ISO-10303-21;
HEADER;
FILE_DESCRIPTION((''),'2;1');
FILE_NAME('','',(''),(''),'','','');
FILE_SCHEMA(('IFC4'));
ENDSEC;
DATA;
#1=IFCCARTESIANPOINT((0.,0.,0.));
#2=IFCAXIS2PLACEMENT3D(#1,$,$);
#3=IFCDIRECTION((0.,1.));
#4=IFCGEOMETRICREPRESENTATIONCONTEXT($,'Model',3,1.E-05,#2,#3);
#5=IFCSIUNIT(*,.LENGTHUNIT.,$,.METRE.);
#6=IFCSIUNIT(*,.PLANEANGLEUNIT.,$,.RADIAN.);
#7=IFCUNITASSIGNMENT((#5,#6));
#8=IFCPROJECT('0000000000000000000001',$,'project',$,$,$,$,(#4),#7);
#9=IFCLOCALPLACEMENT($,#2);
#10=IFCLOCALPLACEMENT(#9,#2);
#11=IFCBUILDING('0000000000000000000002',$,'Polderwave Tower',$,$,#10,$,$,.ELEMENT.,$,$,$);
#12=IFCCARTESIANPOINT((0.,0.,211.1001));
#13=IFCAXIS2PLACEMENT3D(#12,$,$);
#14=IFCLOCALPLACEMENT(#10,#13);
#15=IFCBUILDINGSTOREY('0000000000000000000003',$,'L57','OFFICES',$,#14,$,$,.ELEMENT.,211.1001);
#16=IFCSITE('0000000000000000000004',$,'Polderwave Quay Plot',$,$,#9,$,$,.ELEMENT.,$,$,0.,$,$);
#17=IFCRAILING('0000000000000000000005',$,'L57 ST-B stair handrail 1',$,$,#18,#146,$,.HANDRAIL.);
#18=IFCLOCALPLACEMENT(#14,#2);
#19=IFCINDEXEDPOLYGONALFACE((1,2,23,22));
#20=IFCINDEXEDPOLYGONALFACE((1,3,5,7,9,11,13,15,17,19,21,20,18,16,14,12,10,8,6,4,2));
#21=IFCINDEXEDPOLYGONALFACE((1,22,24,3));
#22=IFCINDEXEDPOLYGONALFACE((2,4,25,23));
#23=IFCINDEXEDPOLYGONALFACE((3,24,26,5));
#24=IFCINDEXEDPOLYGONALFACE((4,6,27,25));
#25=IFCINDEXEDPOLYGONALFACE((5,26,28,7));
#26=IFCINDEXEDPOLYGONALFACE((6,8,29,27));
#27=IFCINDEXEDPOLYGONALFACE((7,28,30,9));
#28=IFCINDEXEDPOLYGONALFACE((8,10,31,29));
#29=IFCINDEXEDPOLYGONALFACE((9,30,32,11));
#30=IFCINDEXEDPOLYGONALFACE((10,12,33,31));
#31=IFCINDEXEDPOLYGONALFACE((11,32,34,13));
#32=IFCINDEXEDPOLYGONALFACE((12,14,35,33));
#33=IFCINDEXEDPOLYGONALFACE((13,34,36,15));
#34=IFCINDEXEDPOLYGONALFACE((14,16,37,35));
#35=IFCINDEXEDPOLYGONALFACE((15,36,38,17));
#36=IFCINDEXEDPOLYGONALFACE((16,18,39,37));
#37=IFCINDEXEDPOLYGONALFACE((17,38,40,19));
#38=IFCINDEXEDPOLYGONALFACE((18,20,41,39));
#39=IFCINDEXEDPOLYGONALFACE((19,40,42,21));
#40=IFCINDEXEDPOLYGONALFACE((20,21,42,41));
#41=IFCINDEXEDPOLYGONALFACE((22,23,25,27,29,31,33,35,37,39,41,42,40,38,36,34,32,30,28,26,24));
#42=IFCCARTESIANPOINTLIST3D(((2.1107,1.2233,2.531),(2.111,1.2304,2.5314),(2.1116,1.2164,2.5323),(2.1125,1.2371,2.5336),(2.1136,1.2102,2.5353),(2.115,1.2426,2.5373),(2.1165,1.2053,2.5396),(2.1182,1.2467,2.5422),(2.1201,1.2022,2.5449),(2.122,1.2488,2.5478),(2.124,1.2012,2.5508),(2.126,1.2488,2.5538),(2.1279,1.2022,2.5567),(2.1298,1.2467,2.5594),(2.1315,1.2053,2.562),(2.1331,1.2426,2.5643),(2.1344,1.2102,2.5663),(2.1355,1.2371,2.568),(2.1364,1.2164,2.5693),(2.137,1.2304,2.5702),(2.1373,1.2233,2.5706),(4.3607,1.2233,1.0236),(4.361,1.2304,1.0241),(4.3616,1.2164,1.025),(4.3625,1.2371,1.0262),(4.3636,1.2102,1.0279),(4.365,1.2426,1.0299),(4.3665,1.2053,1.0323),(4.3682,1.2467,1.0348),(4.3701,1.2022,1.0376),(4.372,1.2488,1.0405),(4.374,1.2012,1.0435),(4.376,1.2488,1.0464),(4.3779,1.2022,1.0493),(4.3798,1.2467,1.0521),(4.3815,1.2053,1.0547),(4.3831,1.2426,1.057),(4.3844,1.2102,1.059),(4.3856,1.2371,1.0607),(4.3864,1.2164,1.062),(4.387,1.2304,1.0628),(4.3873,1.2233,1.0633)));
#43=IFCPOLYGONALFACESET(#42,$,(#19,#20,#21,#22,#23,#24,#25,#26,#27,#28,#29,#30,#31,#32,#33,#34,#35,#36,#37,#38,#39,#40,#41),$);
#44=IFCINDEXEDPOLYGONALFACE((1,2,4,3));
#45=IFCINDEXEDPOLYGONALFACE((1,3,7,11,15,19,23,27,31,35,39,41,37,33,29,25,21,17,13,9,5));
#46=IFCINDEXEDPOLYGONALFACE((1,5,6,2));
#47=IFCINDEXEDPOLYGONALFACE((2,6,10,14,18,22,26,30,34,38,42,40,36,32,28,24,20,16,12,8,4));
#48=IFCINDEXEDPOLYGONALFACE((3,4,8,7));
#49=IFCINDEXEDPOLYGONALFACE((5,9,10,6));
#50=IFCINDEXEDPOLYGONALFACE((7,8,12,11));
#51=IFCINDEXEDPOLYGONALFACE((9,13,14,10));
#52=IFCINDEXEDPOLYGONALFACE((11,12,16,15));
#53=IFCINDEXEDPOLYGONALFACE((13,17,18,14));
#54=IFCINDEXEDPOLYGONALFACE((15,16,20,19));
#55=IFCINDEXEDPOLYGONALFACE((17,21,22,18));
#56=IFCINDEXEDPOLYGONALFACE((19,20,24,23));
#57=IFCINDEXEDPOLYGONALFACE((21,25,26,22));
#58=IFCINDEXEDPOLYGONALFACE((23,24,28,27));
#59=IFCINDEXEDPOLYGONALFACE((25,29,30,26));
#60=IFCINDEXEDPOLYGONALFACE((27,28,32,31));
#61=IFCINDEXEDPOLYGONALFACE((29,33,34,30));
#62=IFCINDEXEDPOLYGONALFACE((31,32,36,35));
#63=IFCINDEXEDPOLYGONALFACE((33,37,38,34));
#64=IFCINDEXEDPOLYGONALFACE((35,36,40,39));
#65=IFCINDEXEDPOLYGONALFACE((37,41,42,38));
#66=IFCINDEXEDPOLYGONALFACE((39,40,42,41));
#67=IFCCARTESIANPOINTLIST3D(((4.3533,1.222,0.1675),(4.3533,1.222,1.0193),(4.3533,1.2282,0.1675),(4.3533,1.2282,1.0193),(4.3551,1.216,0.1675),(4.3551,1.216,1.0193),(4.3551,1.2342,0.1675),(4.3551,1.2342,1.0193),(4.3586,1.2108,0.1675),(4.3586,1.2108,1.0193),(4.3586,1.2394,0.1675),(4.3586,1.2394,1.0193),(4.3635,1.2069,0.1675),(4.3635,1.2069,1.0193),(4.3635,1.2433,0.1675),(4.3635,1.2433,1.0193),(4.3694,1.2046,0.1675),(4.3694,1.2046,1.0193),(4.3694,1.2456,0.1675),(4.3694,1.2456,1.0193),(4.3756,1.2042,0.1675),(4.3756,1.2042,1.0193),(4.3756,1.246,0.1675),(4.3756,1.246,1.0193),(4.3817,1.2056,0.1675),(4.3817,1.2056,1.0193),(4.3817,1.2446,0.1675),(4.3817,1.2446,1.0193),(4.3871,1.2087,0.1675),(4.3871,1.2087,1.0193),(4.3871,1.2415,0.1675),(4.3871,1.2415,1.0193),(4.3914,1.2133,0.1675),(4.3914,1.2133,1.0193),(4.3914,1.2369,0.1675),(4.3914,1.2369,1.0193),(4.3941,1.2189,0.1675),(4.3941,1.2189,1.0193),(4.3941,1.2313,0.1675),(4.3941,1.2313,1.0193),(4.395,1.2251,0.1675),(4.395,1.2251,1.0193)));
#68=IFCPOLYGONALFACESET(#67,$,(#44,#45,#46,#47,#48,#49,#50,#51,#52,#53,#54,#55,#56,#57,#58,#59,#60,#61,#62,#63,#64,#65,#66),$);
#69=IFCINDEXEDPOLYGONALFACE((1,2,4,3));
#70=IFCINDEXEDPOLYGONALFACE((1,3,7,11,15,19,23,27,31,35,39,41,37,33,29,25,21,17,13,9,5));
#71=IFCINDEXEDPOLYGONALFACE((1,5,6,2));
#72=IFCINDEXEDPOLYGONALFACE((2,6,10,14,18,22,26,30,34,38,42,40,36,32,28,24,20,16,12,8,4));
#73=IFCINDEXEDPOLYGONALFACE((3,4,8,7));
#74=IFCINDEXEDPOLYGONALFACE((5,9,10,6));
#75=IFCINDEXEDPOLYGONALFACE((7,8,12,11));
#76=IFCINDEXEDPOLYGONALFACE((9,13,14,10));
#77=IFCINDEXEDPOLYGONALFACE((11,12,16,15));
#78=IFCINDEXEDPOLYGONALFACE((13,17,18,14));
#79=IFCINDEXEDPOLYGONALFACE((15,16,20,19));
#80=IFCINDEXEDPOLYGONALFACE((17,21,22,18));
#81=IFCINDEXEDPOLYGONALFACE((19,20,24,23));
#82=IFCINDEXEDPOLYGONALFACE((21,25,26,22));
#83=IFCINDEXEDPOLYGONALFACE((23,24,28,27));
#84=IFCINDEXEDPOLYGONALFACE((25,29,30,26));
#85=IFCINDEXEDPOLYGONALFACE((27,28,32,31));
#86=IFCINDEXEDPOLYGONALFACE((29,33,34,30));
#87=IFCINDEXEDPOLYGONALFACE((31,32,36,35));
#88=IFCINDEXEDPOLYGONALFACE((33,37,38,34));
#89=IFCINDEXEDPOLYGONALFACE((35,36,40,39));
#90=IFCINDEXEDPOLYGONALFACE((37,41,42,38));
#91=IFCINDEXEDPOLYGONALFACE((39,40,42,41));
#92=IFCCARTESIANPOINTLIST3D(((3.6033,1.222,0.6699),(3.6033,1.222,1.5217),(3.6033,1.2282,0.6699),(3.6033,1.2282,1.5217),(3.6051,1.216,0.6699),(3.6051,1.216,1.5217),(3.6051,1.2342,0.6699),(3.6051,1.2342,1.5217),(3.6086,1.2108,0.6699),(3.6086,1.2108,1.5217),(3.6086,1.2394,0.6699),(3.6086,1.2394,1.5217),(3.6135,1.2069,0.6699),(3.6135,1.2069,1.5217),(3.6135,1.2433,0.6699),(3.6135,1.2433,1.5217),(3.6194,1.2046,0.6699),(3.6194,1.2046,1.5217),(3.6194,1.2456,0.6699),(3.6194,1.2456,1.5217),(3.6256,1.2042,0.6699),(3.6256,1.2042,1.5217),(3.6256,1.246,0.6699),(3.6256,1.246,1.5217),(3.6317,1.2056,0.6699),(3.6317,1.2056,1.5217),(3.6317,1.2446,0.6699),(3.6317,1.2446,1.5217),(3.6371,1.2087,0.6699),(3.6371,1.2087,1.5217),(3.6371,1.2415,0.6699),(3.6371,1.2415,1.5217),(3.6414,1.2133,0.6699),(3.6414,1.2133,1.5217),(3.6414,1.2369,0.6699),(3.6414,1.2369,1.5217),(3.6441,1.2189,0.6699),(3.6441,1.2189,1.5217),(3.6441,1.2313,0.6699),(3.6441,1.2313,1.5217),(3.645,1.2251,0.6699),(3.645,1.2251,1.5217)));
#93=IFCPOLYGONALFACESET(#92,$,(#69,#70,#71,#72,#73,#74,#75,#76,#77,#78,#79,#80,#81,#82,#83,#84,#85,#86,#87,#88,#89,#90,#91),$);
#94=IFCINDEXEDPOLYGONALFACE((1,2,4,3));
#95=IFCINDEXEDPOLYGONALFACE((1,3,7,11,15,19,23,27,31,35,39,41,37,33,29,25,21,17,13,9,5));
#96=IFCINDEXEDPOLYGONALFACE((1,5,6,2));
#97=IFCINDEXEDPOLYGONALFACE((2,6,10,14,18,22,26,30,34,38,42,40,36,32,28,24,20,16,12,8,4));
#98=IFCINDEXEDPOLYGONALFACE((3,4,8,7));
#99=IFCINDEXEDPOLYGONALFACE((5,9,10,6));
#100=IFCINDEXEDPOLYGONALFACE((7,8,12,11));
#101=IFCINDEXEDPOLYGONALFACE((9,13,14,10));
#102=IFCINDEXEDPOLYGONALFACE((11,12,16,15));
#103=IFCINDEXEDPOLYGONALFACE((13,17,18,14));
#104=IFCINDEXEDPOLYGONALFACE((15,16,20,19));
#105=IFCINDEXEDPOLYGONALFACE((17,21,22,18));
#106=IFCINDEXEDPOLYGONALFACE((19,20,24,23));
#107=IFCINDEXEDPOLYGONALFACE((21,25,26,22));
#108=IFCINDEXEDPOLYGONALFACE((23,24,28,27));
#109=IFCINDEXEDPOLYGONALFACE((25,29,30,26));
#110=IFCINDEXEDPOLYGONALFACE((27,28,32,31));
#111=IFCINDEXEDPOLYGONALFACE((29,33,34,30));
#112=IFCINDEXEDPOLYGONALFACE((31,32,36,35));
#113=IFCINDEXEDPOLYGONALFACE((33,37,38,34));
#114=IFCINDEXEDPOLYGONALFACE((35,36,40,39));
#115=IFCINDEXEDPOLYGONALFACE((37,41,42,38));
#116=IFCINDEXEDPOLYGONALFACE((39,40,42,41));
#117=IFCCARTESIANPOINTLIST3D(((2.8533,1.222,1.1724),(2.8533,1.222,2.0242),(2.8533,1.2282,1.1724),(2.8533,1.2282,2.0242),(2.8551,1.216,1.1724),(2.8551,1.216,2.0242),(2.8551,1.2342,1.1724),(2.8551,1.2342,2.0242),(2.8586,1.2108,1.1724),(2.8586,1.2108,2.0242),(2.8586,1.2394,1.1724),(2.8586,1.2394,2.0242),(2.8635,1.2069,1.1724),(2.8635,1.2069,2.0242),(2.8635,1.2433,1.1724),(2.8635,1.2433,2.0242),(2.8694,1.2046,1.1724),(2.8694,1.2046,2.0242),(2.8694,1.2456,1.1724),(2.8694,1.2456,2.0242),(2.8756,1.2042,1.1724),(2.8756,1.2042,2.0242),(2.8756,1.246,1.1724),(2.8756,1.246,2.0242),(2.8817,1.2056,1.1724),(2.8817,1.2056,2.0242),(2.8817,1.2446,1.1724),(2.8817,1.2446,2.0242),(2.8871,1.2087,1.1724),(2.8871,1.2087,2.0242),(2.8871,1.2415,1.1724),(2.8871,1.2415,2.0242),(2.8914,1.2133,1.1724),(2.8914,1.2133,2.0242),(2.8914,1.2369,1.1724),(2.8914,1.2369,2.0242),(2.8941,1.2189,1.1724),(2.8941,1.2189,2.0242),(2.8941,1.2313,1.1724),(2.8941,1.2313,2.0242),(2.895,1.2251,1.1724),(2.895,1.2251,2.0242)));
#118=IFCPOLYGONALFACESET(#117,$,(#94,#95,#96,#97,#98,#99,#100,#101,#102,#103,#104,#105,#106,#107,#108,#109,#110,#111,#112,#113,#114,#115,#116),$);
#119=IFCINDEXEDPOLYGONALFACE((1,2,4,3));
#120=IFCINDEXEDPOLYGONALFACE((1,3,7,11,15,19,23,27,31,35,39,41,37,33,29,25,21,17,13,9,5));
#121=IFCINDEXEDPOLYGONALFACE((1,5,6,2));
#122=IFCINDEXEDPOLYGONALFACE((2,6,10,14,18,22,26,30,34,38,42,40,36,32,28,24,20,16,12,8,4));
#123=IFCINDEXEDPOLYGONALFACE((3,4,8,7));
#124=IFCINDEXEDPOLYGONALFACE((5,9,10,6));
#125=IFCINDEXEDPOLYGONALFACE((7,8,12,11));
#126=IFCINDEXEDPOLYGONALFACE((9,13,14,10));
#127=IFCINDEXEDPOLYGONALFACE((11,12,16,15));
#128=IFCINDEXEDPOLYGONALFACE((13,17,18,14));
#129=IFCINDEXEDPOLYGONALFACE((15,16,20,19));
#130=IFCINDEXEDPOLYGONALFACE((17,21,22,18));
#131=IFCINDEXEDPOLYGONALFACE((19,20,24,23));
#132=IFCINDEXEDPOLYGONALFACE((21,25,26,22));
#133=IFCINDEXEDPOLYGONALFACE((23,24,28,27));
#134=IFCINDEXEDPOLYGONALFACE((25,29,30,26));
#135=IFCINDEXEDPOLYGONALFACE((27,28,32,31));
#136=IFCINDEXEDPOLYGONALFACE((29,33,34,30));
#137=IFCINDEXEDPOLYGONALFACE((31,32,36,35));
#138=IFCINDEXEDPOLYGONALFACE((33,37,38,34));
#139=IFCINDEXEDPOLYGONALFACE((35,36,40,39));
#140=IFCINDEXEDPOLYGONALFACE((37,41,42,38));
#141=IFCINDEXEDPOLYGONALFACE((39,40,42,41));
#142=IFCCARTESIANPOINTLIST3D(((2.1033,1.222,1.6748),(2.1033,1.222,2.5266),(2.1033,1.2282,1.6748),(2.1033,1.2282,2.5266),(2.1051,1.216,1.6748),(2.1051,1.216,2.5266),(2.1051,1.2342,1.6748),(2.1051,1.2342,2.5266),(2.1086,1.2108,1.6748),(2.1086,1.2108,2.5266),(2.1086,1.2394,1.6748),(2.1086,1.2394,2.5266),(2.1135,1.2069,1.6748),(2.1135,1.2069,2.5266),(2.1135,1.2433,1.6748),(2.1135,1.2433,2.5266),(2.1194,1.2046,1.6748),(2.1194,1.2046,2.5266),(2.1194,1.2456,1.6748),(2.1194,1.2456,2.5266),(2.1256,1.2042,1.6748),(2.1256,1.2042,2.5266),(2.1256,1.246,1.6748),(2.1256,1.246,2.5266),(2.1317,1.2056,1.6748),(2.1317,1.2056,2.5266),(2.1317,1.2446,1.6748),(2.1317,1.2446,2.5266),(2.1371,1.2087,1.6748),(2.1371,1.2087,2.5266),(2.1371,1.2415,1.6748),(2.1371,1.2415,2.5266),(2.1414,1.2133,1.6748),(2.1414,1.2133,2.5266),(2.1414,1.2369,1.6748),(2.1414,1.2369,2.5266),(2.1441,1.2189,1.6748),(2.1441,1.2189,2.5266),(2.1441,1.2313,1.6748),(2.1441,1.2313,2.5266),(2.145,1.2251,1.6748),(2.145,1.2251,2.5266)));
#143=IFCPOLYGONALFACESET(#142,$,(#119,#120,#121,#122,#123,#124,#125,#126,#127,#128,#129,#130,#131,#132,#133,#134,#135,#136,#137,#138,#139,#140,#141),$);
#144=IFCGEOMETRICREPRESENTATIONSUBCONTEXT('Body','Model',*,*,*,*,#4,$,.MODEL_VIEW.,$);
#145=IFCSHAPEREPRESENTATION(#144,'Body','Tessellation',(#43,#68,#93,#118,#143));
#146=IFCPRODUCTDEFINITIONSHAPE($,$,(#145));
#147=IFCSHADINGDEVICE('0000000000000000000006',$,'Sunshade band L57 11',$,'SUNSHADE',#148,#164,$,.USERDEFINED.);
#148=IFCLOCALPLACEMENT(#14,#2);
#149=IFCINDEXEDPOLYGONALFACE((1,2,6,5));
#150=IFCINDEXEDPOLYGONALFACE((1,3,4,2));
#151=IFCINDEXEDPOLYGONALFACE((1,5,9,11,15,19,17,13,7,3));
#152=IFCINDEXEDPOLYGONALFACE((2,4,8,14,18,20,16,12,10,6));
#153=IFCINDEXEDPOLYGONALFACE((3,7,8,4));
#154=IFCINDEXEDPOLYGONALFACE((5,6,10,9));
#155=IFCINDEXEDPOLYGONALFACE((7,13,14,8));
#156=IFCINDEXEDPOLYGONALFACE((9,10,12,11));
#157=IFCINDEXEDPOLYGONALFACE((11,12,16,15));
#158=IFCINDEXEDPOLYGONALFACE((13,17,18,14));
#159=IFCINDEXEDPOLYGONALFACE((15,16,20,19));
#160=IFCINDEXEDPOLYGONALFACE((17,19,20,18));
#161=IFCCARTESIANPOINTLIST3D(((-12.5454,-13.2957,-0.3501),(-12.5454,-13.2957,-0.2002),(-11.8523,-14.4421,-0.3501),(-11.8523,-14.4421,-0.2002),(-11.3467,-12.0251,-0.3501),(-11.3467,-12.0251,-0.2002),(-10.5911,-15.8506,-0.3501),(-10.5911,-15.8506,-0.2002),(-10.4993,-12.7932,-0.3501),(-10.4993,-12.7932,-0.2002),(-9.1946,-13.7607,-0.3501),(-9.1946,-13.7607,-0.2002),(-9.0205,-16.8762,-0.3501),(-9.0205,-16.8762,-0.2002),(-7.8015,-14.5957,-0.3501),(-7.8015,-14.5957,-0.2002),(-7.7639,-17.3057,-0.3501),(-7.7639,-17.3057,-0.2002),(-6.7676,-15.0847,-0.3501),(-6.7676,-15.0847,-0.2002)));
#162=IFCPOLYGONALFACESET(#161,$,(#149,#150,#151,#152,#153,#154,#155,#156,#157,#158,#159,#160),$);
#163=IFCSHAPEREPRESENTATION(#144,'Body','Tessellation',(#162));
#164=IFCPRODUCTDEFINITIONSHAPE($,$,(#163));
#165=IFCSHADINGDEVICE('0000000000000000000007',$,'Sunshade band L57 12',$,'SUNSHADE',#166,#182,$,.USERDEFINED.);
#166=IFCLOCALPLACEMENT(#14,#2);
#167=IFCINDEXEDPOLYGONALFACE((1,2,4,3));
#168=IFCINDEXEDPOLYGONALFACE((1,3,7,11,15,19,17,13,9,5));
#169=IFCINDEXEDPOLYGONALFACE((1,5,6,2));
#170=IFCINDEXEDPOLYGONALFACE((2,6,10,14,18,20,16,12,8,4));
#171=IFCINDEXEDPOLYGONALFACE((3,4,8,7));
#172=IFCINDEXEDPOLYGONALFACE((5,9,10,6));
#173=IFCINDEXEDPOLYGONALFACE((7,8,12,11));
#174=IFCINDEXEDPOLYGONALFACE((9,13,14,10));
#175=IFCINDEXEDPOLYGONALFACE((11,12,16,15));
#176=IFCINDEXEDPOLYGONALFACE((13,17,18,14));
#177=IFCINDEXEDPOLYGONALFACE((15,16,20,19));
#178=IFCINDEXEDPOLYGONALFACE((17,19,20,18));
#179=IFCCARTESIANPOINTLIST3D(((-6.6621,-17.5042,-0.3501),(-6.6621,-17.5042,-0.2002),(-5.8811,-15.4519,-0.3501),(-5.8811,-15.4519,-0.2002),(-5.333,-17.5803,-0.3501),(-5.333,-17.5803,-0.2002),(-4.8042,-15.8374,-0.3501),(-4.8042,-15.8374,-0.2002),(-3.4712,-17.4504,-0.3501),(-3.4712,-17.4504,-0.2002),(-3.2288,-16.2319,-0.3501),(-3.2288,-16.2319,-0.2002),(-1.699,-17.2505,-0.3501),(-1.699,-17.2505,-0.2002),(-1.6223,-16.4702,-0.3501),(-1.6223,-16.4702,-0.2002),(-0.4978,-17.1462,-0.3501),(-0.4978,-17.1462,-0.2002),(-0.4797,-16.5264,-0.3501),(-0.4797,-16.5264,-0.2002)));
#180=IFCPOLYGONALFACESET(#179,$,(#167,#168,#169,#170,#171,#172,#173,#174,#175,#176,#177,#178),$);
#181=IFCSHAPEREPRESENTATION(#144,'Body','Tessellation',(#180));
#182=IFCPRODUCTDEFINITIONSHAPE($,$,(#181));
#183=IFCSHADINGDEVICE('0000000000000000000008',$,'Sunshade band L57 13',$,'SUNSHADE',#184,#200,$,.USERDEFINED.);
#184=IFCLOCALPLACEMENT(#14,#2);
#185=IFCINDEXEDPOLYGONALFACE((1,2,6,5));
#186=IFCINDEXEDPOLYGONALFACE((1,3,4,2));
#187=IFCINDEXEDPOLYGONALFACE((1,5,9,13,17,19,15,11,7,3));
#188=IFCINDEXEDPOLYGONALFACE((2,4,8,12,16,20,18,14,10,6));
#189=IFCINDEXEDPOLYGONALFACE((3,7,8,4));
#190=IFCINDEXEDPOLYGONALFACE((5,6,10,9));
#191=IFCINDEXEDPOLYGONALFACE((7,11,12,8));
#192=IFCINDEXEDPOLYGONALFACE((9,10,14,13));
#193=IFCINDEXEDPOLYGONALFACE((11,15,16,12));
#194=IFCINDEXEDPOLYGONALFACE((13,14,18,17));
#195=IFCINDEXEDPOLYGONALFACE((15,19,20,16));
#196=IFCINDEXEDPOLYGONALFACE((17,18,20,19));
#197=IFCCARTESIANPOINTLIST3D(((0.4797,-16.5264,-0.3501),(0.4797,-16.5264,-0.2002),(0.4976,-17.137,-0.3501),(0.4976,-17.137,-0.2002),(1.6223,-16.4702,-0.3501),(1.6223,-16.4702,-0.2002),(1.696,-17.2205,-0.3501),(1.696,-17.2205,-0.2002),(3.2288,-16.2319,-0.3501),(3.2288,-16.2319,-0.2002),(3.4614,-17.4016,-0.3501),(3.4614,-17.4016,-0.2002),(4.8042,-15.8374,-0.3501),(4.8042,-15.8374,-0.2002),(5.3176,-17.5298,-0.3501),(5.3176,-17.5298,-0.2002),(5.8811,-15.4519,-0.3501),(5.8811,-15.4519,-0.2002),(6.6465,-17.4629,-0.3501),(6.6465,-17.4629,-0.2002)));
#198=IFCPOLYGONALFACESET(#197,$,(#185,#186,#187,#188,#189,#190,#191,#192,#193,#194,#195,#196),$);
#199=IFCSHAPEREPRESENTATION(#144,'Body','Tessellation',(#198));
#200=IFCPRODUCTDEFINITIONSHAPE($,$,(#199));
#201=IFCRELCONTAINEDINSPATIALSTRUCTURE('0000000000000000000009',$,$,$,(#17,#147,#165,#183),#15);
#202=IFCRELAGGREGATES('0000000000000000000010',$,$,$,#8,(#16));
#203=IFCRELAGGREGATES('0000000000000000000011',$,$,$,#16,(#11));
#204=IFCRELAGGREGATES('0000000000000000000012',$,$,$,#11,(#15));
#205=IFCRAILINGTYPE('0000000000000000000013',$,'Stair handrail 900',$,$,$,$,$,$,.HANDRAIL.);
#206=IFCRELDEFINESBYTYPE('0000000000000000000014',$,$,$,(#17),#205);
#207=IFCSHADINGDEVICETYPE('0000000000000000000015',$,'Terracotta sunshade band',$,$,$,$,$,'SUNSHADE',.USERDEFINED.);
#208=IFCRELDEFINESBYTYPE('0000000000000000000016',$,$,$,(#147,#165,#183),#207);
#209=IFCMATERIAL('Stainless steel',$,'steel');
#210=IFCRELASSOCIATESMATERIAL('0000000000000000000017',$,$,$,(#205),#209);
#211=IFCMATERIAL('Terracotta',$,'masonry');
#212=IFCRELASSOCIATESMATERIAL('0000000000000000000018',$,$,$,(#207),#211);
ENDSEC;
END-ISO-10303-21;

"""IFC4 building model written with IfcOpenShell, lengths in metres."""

from ifc_helpers import new_model, si_unit, direction, frame, origin, origin_2d, place, context, subcontext, project, spatial, polyline, circle, outline, extrude, material, type_object, element, save


model = new_model("IFC4")

# Units and contexts
model_context = context("Model", 3, precision=1e-05, world=origin(), true_north=direction((0.0, 1.0)))
body_context = subcontext(model_context, "Body", "Model", "MODEL_VIEW")
ifc_project = project(units=[si_unit("LENGTHUNIT", "METRE"), si_unit("PLANEANGLEUNIT", "RADIAN")], contexts=[model_context])

# Site, building, storey
site_placement = place(None, origin())
site = spatial("IfcSite", under=ifc_project, at=site_placement, Name="Polderwave Quay Plot", CompositionType="ELEMENT", RefElevation=0.0)
building_placement = place(site_placement, origin())
building = spatial("IfcBuilding", under=site, at=building_placement, Name="Polderwave Tower", CompositionType="ELEMENT")
storey_placement = place(building_placement, frame((0.0, 0.0, 211.1001)))
storey = spatial("IfcBuildingStorey", under=building, at=storey_placement, Name="L57", Description="OFFICES", CompositionType="ELEMENT", Elevation=211.1001)

# Railing
ifc_material_1 = material(Name="Stainless steel", Category="steel")
railing_type_1 = type_object("IfcRailingType", Name="Stair handrail 900", PredefinedType="HANDRAIL", material=ifc_material_1)
railing_1_placement = place(storey_placement, frame((4.374, 1.2251, 0.1675)))
element("IfcRailing", 1, at=railing_1_placement, inside=storey, type_object=railing_type_1, Name="L57 ST-B stair handrail 1", PredefinedType="HANDRAIL", context=body_context, shape_type="SweptSolid", body=[
    extrude(circle(Radius=0.0239, at=origin_2d()), frame((0.0, 0.0, 0.876), z_axis=(-0.8308, 0.0, 0.556571), x_axis=(0.0, -1.0, 0.0)), (0.0, 0.0, 1.0), 2.7083),
    extrude(circle(Radius=0.021, at=origin_2d()), origin(), (0.0, 0.0, 1.0), 0.8518),
    extrude(circle(Radius=0.021, at=origin_2d()), frame((-0.75, 0.0, 0.5024)), (0.0, 0.0, 1.0), 0.8518),
    extrude(circle(Radius=0.021, at=origin_2d()), frame((-1.5, 0.0, 1.0049)), (0.0, 0.0, 1.0), 0.8518),
    extrude(circle(Radius=0.021, at=origin_2d()), frame((-2.25, 0.0, 1.5073)), (0.0, 0.0, 1.0), 0.8518),
])

# Shading devices
ifc_material_2 = material(Name="Terracotta", Category="masonry")
shading_device_type = type_object("IfcShadingDeviceType", Name="Terracotta sunshade band", ElementType="SUNSHADE", PredefinedType="USERDEFINED", material=ifc_material_2)
shading_device_1_placement = place(storey_placement, frame((0.0, 0.0, -0.3501)))
element("IfcShadingDevice", 2, at=shading_device_1_placement, inside=storey, type_object=shading_device_type, Name="Sunshade band L57 11", ObjectType="SUNSHADE", PredefinedType="USERDEFINED", context=body_context, shape_type="SweptSolid", body=[
    extrude(outline(polyline([(-11.3467, -12.0251), (-10.4993, -12.7932), (-9.1946, -13.7607), (-7.8015, -14.5957), (-6.7676, -15.0847), (-7.7639, -17.3057), (-9.0205, -16.8762), (-10.5911, -15.8506), (-11.8523, -14.4421), (-12.5454, -13.2957), (-11.3467, -12.0251)])), origin(), (0.0, 0.0, 1.0), 0.1499),
])
shading_device_2_placement = place(storey_placement, frame((0.0, 0.0, -0.3501)))
element("IfcShadingDevice", 3, at=shading_device_2_placement, inside=storey, type_object=shading_device_type, Name="Sunshade band L57 12", ObjectType="SUNSHADE", PredefinedType="USERDEFINED", context=body_context, shape_type="SweptSolid", body=[
    extrude(outline(polyline([(-5.8811, -15.4519), (-4.8042, -15.8374), (-3.2288, -16.2319), (-1.6223, -16.4702), (-0.4797, -16.5264), (-0.4978, -17.1462), (-1.699, -17.2505), (-3.4712, -17.4504), (-5.333, -17.5803), (-6.6621, -17.5042), (-5.8811, -15.4519)])), origin(), (0.0, 0.0, 1.0), 0.1499),
])
shading_device_3_placement = place(storey_placement, frame((0.0, 0.0, -0.3501)))
element("IfcShadingDevice", 4, at=shading_device_3_placement, inside=storey, type_object=shading_device_type, Name="Sunshade band L57 13", ObjectType="SUNSHADE", PredefinedType="USERDEFINED", context=body_context, shape_type="SweptSolid", body=[
    extrude(outline(polyline([(0.4797, -16.5264), (1.6223, -16.4702), (3.2288, -16.2319), (4.8042, -15.8374), (5.8811, -15.4519), (6.6465, -17.4629), (5.3176, -17.5298), (3.4614, -17.4016), (1.696, -17.2205), (0.4976, -17.137), (0.4797, -16.5264)])), origin(), (0.0, 0.0, 1.0), 0.1499),
])

save(model, "model.ifc")
